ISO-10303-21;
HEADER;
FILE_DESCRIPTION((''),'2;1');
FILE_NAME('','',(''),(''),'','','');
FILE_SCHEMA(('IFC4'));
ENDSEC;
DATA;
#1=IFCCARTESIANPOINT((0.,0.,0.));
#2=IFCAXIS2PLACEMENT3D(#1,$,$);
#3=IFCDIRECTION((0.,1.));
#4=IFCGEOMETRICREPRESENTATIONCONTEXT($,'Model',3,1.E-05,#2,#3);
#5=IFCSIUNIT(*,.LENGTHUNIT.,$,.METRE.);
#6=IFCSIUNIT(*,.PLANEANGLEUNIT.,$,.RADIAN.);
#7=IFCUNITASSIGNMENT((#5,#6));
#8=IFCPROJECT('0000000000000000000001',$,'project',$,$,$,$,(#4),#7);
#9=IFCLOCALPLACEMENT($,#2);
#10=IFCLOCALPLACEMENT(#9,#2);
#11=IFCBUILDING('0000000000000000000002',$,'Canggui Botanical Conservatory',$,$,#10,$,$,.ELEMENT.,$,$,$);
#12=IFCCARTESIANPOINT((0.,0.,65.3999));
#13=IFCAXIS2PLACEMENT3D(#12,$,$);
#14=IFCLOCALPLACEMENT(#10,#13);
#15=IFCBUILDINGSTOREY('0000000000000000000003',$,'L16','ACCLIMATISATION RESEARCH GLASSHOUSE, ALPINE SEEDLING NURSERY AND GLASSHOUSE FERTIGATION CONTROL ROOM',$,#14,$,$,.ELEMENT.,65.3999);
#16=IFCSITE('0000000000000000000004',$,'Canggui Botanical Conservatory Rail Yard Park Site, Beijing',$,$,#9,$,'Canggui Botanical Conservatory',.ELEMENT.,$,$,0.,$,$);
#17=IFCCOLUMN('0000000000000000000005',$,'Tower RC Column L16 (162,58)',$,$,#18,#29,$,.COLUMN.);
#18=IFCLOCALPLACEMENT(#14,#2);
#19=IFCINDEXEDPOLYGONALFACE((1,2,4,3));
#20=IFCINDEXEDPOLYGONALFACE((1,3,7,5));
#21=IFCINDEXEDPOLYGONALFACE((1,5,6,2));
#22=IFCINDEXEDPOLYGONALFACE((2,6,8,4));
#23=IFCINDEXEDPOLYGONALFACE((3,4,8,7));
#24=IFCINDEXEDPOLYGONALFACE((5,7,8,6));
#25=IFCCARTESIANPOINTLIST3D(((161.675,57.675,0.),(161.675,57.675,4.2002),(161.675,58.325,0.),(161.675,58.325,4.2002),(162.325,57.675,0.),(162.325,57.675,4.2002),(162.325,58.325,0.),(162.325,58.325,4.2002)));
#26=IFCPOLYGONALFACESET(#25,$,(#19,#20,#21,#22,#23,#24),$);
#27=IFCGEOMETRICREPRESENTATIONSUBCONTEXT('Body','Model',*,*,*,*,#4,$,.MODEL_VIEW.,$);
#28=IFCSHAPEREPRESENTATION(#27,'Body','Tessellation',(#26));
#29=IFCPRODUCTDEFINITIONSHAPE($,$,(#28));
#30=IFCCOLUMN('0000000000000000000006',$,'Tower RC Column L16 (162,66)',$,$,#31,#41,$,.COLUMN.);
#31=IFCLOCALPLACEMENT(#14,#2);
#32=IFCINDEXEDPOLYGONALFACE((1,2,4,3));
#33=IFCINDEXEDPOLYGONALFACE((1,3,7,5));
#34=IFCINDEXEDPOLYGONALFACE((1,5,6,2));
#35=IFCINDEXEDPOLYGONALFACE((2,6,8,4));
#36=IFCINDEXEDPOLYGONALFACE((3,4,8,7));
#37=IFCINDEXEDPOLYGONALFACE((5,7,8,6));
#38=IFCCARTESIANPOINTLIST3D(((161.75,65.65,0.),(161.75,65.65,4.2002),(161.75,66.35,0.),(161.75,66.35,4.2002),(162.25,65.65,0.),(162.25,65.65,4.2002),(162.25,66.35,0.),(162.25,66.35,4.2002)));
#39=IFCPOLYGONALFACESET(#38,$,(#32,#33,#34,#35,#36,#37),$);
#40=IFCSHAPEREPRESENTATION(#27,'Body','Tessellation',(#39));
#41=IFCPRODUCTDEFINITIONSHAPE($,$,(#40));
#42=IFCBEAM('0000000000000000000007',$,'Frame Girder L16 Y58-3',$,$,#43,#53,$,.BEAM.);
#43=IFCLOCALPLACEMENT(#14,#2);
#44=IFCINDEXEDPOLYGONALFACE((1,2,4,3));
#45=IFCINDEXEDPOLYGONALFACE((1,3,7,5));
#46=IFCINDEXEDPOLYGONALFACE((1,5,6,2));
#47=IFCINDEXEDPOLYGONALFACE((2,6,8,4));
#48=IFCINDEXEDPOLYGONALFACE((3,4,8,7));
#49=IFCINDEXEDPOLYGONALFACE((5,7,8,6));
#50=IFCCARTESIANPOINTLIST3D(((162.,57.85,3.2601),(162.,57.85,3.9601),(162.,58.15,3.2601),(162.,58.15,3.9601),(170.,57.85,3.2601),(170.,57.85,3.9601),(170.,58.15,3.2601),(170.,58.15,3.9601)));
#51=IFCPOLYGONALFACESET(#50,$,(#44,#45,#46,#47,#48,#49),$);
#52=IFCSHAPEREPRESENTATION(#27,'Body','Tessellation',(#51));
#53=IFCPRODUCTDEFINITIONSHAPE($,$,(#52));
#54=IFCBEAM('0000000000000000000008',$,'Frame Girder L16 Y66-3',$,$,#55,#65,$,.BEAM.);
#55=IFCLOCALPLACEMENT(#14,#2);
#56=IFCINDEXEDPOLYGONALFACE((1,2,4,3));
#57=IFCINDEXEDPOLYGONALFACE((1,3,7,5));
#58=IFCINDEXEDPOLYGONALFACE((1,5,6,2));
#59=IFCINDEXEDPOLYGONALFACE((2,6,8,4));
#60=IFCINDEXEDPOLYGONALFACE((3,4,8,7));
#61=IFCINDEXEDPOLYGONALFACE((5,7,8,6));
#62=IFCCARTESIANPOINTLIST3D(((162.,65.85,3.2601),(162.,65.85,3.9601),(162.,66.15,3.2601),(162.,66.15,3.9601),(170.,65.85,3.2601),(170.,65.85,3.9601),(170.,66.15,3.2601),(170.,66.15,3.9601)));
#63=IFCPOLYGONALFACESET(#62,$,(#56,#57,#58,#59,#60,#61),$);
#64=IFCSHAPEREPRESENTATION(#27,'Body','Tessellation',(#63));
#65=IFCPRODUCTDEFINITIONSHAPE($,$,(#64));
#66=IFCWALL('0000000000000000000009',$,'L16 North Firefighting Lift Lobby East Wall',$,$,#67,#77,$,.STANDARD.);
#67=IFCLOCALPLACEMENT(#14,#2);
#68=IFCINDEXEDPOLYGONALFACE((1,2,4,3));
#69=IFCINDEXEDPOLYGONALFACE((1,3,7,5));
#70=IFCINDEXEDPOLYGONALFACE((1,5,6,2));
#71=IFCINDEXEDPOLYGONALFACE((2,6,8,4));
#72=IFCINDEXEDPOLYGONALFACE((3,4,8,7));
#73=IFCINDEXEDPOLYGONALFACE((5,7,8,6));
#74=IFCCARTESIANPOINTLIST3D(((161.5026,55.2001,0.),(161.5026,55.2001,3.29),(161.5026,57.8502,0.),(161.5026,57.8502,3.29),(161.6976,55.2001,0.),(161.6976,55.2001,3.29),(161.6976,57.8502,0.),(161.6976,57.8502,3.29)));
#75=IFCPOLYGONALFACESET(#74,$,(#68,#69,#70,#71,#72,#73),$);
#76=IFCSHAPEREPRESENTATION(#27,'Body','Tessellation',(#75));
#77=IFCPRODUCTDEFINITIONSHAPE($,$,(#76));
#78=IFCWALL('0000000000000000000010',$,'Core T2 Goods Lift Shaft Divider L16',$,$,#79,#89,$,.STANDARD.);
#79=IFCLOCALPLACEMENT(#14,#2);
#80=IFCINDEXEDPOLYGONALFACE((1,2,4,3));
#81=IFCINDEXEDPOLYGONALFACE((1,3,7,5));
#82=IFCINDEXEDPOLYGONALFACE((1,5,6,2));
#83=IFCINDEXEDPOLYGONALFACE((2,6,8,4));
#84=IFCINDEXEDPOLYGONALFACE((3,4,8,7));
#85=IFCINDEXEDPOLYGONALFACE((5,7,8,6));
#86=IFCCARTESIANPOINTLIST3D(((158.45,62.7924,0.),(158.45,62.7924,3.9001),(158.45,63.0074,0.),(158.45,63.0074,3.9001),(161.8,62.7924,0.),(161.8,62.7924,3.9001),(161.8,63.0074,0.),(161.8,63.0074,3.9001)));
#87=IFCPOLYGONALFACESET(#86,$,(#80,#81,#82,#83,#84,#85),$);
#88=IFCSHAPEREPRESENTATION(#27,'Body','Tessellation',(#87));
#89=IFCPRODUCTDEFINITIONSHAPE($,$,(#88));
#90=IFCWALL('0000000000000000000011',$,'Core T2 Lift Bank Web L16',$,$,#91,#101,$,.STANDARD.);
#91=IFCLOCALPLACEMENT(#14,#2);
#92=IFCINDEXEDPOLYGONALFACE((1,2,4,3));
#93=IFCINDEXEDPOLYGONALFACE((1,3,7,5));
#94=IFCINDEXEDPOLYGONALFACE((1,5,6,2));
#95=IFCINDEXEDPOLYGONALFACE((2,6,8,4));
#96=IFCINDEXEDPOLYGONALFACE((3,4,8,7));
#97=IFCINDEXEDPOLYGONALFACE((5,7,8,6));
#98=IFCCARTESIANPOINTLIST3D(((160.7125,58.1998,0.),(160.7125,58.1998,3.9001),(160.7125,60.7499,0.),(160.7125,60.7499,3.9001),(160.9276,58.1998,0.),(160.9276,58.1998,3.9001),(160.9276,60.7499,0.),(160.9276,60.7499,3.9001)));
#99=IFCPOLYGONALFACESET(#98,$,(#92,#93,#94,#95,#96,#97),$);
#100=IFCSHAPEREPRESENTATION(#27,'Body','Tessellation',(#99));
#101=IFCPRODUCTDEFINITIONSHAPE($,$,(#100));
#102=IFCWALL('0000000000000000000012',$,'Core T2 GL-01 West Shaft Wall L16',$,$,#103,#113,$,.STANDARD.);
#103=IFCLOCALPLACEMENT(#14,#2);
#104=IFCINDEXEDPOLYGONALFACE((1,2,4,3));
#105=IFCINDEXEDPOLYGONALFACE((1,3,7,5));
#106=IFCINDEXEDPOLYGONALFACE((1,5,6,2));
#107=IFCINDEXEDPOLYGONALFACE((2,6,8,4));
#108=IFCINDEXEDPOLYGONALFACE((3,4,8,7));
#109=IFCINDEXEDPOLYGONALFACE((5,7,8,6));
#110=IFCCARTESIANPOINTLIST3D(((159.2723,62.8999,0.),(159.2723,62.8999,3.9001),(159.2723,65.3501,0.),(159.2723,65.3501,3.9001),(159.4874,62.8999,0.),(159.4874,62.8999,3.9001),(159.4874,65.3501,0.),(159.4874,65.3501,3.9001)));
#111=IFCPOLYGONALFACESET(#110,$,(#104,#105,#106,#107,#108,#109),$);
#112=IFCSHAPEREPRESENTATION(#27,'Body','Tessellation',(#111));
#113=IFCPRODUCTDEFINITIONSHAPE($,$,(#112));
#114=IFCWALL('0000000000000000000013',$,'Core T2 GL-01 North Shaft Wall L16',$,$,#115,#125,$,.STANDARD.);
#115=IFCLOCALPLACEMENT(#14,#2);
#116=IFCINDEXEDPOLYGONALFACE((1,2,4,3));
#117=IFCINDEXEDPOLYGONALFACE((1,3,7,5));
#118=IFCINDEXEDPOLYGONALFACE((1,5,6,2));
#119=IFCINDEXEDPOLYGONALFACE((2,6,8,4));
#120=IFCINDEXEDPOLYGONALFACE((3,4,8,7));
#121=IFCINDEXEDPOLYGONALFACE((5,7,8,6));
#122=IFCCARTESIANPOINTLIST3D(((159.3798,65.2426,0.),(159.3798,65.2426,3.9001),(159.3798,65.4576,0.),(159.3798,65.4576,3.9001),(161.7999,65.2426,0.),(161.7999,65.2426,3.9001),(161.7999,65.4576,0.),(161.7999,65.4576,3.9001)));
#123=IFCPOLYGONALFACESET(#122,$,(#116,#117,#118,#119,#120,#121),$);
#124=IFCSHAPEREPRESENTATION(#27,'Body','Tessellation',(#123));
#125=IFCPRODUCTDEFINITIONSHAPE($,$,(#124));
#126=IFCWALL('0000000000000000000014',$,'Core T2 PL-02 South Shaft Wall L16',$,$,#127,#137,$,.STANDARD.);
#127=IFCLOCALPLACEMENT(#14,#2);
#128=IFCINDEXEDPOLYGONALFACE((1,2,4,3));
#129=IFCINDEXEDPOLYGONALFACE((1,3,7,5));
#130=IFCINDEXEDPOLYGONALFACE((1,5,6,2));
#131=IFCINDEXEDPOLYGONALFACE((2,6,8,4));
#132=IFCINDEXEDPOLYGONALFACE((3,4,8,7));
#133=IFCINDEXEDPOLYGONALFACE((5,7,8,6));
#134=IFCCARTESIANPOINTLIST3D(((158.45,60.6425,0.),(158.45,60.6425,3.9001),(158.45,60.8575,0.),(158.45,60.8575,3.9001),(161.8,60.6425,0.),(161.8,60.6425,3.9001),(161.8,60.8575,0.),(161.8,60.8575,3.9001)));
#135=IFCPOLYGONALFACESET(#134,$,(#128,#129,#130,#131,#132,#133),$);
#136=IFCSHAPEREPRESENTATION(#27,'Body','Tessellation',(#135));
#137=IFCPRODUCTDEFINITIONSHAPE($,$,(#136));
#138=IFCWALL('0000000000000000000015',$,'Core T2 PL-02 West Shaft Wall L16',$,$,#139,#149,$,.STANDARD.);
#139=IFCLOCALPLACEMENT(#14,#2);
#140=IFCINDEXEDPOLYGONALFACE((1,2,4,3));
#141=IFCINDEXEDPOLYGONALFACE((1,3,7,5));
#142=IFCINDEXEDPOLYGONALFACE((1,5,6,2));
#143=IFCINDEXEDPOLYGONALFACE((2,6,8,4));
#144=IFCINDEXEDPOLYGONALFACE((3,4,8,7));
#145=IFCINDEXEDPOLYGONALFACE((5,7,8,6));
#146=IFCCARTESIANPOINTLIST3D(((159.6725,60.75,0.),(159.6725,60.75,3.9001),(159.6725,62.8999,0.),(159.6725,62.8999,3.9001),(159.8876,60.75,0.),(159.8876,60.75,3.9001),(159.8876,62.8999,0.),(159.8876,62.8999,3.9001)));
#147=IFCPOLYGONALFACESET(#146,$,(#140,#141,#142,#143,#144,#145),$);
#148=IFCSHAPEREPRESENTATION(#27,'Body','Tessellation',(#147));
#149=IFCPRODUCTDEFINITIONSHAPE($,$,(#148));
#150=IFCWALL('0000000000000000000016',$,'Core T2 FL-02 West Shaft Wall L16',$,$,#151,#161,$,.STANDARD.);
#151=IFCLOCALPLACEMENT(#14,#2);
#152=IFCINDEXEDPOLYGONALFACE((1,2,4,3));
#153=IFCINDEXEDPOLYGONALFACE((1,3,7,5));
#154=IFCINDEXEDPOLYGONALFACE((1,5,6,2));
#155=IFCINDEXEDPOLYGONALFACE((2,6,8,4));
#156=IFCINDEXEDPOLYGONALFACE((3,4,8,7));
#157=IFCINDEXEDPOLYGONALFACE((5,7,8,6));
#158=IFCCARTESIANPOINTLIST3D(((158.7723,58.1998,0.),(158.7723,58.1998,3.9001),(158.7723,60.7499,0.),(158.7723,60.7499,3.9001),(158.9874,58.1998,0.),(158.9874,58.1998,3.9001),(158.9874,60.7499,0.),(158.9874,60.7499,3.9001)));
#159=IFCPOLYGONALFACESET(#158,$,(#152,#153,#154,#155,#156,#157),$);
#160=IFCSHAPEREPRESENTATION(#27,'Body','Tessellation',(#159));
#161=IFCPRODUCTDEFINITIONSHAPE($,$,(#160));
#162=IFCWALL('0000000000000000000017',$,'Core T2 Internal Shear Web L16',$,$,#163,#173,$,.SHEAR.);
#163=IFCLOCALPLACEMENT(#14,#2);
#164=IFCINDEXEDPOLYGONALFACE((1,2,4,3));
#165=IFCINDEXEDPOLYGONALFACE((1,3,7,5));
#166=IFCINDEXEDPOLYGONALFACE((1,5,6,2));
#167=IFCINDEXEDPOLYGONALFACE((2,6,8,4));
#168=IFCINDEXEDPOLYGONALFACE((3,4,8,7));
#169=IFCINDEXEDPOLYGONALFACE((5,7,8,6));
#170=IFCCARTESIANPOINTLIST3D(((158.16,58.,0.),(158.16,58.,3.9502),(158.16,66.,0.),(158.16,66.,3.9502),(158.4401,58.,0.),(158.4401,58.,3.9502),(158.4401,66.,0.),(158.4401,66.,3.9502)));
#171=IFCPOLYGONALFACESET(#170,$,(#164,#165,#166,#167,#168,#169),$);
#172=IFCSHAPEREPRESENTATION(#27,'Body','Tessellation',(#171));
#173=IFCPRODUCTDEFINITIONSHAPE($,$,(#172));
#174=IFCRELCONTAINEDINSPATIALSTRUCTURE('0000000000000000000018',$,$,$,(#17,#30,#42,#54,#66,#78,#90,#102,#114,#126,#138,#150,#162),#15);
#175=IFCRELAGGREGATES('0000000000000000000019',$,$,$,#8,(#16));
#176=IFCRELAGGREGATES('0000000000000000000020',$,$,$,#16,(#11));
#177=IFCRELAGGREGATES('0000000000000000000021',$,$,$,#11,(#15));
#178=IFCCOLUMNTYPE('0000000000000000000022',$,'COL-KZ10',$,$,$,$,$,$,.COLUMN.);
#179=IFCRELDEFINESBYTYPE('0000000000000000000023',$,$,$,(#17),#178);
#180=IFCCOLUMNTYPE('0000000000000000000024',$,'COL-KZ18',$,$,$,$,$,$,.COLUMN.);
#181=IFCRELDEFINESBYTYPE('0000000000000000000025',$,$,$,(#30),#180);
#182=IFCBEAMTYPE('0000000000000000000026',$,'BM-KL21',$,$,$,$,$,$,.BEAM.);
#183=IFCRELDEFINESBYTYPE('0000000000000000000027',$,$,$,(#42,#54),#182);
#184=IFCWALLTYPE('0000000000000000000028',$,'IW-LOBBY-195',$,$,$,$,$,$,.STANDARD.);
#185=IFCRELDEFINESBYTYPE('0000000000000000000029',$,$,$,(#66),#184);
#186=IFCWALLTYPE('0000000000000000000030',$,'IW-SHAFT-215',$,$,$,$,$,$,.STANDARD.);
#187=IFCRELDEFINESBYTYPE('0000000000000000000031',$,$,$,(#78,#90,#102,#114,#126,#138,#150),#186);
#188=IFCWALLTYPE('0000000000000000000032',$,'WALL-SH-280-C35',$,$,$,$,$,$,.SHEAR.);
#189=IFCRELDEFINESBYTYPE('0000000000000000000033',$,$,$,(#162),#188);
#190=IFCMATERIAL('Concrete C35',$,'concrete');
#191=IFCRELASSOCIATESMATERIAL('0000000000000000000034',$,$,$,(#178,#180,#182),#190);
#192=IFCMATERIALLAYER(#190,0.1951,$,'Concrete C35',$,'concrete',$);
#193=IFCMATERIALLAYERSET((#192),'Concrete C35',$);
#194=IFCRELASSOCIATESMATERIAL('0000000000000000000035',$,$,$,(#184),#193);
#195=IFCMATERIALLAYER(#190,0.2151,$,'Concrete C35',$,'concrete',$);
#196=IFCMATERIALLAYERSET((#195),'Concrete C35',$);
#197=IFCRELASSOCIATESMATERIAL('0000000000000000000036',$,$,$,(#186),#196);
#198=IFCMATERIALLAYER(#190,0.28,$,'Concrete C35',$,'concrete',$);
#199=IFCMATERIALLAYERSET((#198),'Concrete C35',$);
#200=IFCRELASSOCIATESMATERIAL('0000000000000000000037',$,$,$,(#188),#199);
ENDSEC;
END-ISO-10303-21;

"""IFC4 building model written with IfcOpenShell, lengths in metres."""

from ifc_helpers import new_model, si_unit, direction, frame, frame_2d, origin, origin_2d, place, context, subcontext, project, spatial, rectangle, extrude, material, layer, layer_set, material_profile, profile_set, type_object, element, save


model = new_model("IFC4")

# Units and contexts
model_context = context("Model", 3, precision=1e-05, world=origin(), true_north=direction((0.0, 1.0)))
body_context = subcontext(model_context, "Body", "Model", "MODEL_VIEW")
ifc_project = project(units=[si_unit("LENGTHUNIT", "METRE"), si_unit("PLANEANGLEUNIT", "RADIAN")], contexts=[model_context])

# Site, building, storey
site_placement = place(None, origin())
site = spatial("IfcSite", under=ifc_project, at=site_placement, Name="Canggui Botanical Conservatory Rail Yard Park Site, Beijing", LongName="Canggui Botanical Conservatory", CompositionType="ELEMENT", RefElevation=0.0)
building_placement = place(site_placement, origin())
building = spatial("IfcBuilding", under=site, at=building_placement, Name="Canggui Botanical Conservatory", CompositionType="ELEMENT")
storey_placement = place(building_placement, frame((0.0, 0.0, 65.3999)))
storey = spatial("IfcBuildingStorey", under=building, at=storey_placement, Name="L16", Description="ACCLIMATISATION RESEARCH GLASSHOUSE, ALPINE SEEDLING NURSERY AND GLASSHOUSE FERTIGATION CONTROL ROOM", CompositionType="ELEMENT", Elevation=65.3999)

# Columns
ifc_material_1 = material(Name="Concrete C35", Category="concrete")
ifc_material_profile_1 = material_profile(ifc_material_1, rectangle(XDim=0.6499, YDim=0.6499, at=origin_2d()), Name="RC 650x650")
ifc_profile_set_1 = profile_set([ifc_material_profile_1], Name="Concrete C35")
column_type_1 = type_object("IfcColumnType", Name="COL-KZ10", PredefinedType="COLUMN", material=ifc_profile_set_1)
column_1_placement = place(storey_placement, frame((162.0, 58.0, 0.0), z_axis=(0.0, 0.0, 1.0), x_axis=(1.0, 0.0, 0.0)))
element("IfcColumn", 1, at=column_1_placement, inside=storey, type_object=column_type_1, Name="Tower RC Column L16 (162,58)", PredefinedType="COLUMN", context=body_context, shape_type="SweptSolid", body=[
    extrude(rectangle(XDim=0.6499, YDim=0.6499, at=origin_2d()), origin(), (0.0, 0.0, 1.0), 4.2002),
])
ifc_material_profile_2 = material_profile(ifc_material_1, rectangle(XDim=0.5, YDim=0.7, at=origin_2d()), Name="RC 500x700")
ifc_profile_set_2 = profile_set([ifc_material_profile_2], Name="Concrete C35")
column_type_2 = type_object("IfcColumnType", Name="COL-KZ18", PredefinedType="COLUMN", material=ifc_profile_set_2)
column_2_placement = place(storey_placement, frame((162.0, 66.0, 0.0), z_axis=(0.0, 0.0, 1.0), x_axis=(1.0, 0.0, 0.0)))
element("IfcColumn", 2, at=column_2_placement, inside=storey, type_object=column_type_2, Name="Tower RC Column L16 (162,66)", PredefinedType="COLUMN", context=body_context, shape_type="SweptSolid", body=[
    extrude(rectangle(XDim=0.5, YDim=0.7, at=origin_2d()), origin(), (0.0, 0.0, 1.0), 4.2002),
])

# Beams
ifc_material_profile_3 = material_profile(ifc_material_1, rectangle(XDim=0.3, YDim=0.7, at=origin_2d()), Name="RB 300x700")
ifc_profile_set_3 = profile_set([ifc_material_profile_3], Name="Concrete C35")
beam_type = type_object("IfcBeamType", Name="BM-KL21", PredefinedType="BEAM", material=ifc_profile_set_3)
for number, where, z_axis, x_axis, name in (
    (3, (162.0, 58.0, 3.6101), (1.0, 0.0, 0.0), (0.0, 1.0, 0.0), "Frame Girder L16 Y58-3"),
    (4, (162.0, 66.0, 3.6101), (1.0, 0.0, 0.0), (0.0, 1.0, 0.0), "Frame Girder L16 Y66-3"),
):
    element("IfcBeam", number, at=place(storey_placement, frame(where, z_axis=z_axis, x_axis=x_axis)), inside=storey, type_object=beam_type, Name=name, PredefinedType="BEAM", context=body_context, shape_type="SweptSolid", body=[
        extrude(rectangle(XDim=0.3, YDim=0.7, at=origin_2d()), origin(), (0.0, 0.0, 1.0), 8.0),
    ])

# Walls
ifc_layer_1 = layer(ifc_material_1, 0.1951, Name="Concrete C35", Category="concrete")
ifc_layer_set_1 = layer_set([ifc_layer_1], Name="Concrete C35")
wall_type_1 = type_object("IfcWallType", Name="IW-LOBBY-195", PredefinedType="STANDARD", material=ifc_layer_set_1)
wall_1_placement = place(storey_placement, frame((161.6001, 55.2, 0.0), z_axis=(0.0, 0.0, 1.0), x_axis=(0.0, 1.0, 0.0)))
element("IfcWall", 5, at=wall_1_placement, inside=storey, type_object=wall_type_1, Name="L16 North Firefighting Lift Lobby East Wall", PredefinedType="STANDARD", context=body_context, shape_type="SweptSolid", body=[
    extrude(rectangle(XDim=2.6501, YDim=0.1951, at=frame_2d((1.3252, 0.0))), origin(), (0.0, 0.0, 1.0), 3.29),
])
ifc_layer_2 = layer(ifc_material_1, 0.2151, Name="Concrete C35", Category="concrete")
ifc_layer_set_2 = layer_set([ifc_layer_2], Name="Concrete C35")
wall_type_2 = type_object("IfcWallType", Name="IW-SHAFT-215", PredefinedType="STANDARD", material=ifc_layer_set_2)
wall_2_placement = place(storey_placement, frame((158.45, 62.8999, 0.0), z_axis=(0.0, 0.0, 1.0), x_axis=(1.0, 0.0, 0.0)))
element("IfcWall", 6, at=wall_2_placement, inside=storey, type_object=wall_type_2, Name="Core T2 Goods Lift Shaft Divider L16", PredefinedType="STANDARD", context=body_context, shape_type="SweptSolid", body=[
    extrude(rectangle(XDim=3.3501, YDim=0.2151, at=frame_2d((1.675, 0.0))), origin(), (0.0, 0.0, 1.0), 3.9001),
])
wall_3_placement = place(storey_placement, frame((160.8201, 58.2, 0.0), z_axis=(0.0, 0.0, 1.0), x_axis=(0.0, 1.0, 0.0)))
element("IfcWall", 7, at=wall_3_placement, inside=storey, type_object=wall_type_2, Name="Core T2 Lift Bank Web L16", PredefinedType="STANDARD", context=body_context, shape_type="SweptSolid", body=[
    extrude(rectangle(XDim=2.55, YDim=0.2151, at=frame_2d((1.2749, 0.0))), origin(), (0.0, 0.0, 1.0), 3.9001),
])
wall_4_placement = place(storey_placement, frame((159.3799, 62.8999, 0.0), z_axis=(0.0, 0.0, 1.0), x_axis=(0.0, 1.0, 0.0)))
element("IfcWall", 8, at=wall_4_placement, inside=storey, type_object=wall_type_2, Name="Core T2 GL-01 West Shaft Wall L16", PredefinedType="STANDARD", context=body_context, shape_type="SweptSolid", body=[
    extrude(rectangle(XDim=2.4502, YDim=0.2151, at=frame_2d((1.2251, 0.0))), origin(), (0.0, 0.0, 1.0), 3.9001),
])
wall_5_placement = place(storey_placement, frame((159.3799, 65.3501, 0.0), z_axis=(0.0, 0.0, 1.0), x_axis=(1.0, 0.0, 0.0)))
element("IfcWall", 9, at=wall_5_placement, inside=storey, type_object=wall_type_2, Name="Core T2 GL-01 North Shaft Wall L16", PredefinedType="STANDARD", context=body_context, shape_type="SweptSolid", body=[
    extrude(rectangle(XDim=2.4202, YDim=0.2151, at=frame_2d((1.21, 0.0))), origin(), (0.0, 0.0, 1.0), 3.9001),
])
wall_6_placement = place(storey_placement, frame((158.45, 60.75, 0.0), z_axis=(0.0, 0.0, 1.0), x_axis=(1.0, 0.0, 0.0)))
element("IfcWall", 10, at=wall_6_placement, inside=storey, type_object=wall_type_2, Name="Core T2 PL-02 South Shaft Wall L16", PredefinedType="STANDARD", context=body_context, shape_type="SweptSolid", body=[
    extrude(rectangle(XDim=3.3501, YDim=0.2151, at=frame_2d((1.675, 0.0))), origin(), (0.0, 0.0, 1.0), 3.9001),
])
wall_7_placement = place(storey_placement, frame((159.78, 60.75, 0.0), z_axis=(0.0, 0.0, 1.0), x_axis=(0.0, 1.0, 0.0)))
element("IfcWall", 11, at=wall_7_placement, inside=storey, type_object=wall_type_2, Name="Core T2 PL-02 West Shaft Wall L16", PredefinedType="STANDARD", context=body_context, shape_type="SweptSolid", body=[
    extrude(rectangle(XDim=2.1499, YDim=0.2151, at=frame_2d((1.075, 0.0))), origin(), (0.0, 0.0, 1.0), 3.9001),
])
wall_8_placement = place(storey_placement, frame((158.8799, 58.2, 0.0), z_axis=(0.0, 0.0, 1.0), x_axis=(0.0, 1.0, 0.0)))
element("IfcWall", 12, at=wall_8_placement, inside=storey, type_object=wall_type_2, Name="Core T2 FL-02 West Shaft Wall L16", PredefinedType="STANDARD", context=body_context, shape_type="SweptSolid", body=[
    extrude(rectangle(XDim=2.55, YDim=0.2151, at=frame_2d((1.2749, 0.0))), origin(), (0.0, 0.0, 1.0), 3.9001),
])
ifc_layer_3 = layer(ifc_material_1, 0.28, Name="Concrete C35", Category="concrete")
ifc_layer_set_3 = layer_set([ifc_layer_3], Name="Concrete C35")
wall_type_3 = type_object("IfcWallType", Name="WALL-SH-280-C35", PredefinedType="SHEAR", material=ifc_layer_set_3)
wall_9_placement = place(storey_placement, frame((158.3, 58.0, 0.0), z_axis=(0.0, 0.0, 1.0), x_axis=(0.0, 1.0, 0.0)))
element("IfcWall", 13, at=wall_9_placement, inside=storey, type_object=wall_type_3, Name="Core T2 Internal Shear Web L16", PredefinedType="SHEAR", context=body_context, shape_type="SweptSolid", body=[
    extrude(rectangle(XDim=8.0, YDim=0.28, at=frame_2d((4.0, 0.0))), origin(), (0.0, 0.0, 1.0), 3.9502),
])

save(model, "model.ifc")
